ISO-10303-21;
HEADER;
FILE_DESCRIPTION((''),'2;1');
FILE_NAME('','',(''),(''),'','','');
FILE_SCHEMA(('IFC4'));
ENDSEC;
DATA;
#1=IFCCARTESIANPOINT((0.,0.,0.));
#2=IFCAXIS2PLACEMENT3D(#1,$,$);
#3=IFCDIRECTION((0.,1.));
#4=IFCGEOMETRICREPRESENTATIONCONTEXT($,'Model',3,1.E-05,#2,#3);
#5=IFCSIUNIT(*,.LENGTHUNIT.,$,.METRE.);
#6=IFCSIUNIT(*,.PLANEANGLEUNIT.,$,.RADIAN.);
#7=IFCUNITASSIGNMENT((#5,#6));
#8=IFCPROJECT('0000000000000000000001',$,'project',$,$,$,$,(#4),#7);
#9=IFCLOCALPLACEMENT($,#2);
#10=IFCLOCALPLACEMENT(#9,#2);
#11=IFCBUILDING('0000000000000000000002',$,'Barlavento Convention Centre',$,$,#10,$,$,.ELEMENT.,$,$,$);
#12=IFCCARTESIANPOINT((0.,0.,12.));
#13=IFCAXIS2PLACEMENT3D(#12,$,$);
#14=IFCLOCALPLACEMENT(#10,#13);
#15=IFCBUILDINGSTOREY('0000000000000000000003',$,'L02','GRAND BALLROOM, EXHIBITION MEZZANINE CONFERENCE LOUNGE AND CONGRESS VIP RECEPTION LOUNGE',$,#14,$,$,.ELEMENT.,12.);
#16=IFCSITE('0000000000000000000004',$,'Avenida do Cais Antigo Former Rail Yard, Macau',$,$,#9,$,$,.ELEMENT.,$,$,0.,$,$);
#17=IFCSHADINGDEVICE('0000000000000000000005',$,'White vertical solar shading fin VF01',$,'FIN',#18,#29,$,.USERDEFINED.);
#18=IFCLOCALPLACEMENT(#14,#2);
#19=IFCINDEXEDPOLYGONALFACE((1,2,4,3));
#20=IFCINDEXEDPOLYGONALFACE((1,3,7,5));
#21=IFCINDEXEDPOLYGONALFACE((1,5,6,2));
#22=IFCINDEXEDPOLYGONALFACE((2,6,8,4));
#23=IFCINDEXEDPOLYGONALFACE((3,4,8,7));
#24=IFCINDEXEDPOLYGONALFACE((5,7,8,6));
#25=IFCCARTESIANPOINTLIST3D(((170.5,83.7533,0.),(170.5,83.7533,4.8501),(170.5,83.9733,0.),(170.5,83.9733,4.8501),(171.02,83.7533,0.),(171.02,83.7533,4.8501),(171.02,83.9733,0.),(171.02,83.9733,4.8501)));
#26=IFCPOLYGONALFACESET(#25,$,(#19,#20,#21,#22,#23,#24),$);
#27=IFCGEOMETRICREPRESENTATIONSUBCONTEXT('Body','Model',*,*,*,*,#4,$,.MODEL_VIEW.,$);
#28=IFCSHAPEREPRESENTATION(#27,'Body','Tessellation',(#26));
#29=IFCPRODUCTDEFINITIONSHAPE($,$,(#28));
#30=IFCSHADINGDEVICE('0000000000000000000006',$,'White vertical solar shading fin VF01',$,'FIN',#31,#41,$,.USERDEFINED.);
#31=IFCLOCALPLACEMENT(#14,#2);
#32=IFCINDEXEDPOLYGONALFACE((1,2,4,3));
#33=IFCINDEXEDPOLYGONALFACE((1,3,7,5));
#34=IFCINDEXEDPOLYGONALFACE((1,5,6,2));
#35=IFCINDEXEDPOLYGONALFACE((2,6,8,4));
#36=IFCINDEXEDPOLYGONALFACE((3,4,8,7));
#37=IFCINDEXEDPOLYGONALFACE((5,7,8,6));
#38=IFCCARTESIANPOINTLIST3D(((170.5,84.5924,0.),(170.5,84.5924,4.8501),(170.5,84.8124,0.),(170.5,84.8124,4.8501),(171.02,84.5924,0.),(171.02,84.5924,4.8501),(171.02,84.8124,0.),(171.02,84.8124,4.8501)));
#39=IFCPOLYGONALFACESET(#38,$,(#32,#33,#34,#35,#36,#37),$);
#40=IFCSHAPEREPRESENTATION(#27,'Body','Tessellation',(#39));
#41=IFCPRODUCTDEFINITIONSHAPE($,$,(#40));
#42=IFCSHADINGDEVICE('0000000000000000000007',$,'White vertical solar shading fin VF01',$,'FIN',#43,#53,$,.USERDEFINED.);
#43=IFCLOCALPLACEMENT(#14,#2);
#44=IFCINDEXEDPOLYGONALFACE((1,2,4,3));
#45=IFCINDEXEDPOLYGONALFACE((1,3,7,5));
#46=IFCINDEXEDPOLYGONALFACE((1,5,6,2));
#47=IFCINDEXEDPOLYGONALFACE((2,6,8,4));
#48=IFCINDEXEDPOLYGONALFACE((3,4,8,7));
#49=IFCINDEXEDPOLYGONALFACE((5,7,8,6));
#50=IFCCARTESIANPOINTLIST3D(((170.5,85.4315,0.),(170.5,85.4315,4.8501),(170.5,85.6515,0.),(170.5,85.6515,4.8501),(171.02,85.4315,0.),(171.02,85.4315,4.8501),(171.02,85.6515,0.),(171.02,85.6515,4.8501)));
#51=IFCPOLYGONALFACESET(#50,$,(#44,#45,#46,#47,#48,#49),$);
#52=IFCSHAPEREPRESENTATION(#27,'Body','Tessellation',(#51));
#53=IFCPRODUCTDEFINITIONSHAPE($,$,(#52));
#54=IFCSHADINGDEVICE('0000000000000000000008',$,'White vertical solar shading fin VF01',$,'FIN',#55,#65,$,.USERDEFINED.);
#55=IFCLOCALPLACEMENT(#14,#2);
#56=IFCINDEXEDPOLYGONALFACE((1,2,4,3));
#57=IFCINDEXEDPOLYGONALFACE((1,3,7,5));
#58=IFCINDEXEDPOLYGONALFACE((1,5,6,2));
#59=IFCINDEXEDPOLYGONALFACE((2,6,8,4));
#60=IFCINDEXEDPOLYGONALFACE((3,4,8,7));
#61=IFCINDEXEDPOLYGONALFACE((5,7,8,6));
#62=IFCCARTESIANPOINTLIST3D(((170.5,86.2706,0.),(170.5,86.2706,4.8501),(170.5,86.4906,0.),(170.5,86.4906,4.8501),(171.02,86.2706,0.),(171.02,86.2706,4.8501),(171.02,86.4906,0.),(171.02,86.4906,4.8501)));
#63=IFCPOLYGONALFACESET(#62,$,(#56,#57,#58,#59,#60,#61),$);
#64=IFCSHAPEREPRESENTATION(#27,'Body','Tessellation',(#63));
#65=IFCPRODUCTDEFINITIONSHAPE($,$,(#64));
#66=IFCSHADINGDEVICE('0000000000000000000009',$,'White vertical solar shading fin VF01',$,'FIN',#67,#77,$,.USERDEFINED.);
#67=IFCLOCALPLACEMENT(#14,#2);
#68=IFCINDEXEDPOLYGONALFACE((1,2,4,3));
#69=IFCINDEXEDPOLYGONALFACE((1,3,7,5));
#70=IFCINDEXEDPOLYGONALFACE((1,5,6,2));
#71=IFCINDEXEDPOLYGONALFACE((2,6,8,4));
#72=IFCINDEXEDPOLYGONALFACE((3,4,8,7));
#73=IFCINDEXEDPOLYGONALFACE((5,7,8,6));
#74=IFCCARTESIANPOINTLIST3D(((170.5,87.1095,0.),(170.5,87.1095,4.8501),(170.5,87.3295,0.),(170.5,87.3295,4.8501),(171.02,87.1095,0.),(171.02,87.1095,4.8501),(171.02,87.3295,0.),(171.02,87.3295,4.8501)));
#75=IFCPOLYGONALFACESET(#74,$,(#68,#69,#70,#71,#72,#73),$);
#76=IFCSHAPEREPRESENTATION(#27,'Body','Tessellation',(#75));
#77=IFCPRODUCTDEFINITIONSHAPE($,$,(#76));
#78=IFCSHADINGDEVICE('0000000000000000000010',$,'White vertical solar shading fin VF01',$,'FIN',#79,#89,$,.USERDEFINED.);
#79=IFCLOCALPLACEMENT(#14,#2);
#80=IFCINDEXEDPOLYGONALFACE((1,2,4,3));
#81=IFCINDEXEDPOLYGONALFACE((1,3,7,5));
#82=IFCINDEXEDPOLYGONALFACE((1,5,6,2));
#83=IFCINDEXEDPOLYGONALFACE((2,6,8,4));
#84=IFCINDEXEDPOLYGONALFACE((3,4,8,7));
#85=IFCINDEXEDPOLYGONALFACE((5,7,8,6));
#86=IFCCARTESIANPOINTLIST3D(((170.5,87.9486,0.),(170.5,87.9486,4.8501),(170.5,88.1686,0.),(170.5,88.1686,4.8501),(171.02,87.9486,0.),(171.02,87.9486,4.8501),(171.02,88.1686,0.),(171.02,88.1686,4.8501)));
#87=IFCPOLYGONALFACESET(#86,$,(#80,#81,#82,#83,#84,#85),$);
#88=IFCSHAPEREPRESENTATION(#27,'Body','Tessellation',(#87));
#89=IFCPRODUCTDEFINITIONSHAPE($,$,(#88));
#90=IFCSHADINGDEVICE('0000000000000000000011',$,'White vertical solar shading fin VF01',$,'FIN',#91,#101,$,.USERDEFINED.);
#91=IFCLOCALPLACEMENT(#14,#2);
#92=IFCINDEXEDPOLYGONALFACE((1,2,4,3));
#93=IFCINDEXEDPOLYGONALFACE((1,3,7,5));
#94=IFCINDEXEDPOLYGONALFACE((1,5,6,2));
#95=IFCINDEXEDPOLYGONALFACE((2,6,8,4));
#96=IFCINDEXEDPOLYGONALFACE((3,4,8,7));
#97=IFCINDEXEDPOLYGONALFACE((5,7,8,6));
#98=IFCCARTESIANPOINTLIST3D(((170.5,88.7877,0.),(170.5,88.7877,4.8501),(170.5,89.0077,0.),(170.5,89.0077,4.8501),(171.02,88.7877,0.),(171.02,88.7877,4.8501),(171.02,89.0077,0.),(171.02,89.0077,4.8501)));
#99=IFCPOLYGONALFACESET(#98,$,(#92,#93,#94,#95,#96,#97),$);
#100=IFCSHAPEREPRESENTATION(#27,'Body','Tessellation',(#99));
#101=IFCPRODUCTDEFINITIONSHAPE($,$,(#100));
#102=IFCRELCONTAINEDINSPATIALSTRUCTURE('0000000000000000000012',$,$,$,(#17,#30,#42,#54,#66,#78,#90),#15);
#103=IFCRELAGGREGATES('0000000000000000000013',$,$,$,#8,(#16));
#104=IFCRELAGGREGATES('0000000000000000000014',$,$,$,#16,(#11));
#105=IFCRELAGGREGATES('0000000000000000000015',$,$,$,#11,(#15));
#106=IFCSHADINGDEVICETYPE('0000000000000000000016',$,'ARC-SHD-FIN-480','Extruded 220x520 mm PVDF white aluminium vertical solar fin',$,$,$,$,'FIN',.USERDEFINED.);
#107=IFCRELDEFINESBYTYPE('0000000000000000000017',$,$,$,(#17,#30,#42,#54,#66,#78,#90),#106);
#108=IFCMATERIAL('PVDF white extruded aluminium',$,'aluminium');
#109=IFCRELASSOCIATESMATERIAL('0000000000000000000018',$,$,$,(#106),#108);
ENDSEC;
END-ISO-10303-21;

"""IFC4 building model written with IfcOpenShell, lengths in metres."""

from ifc_helpers import new_model, si_unit, direction, frame, origin, origin_2d, place, context, subcontext, project, spatial, rectangle, extrude, material, type_object, element, save


model = new_model("IFC4")

# Units and contexts
model_context = context("Model", 3, precision=1e-05, world=origin(), true_north=direction((0.0, 1.0)))
body_context = subcontext(model_context, "Body", "Model", "MODEL_VIEW")
ifc_project = project(units=[si_unit("LENGTHUNIT", "METRE"), si_unit("PLANEANGLEUNIT", "RADIAN")], contexts=[model_context])

# Site, building, storey
site_placement = place(None, origin())
site = spatial("IfcSite", under=ifc_project, at=site_placement, Name="Avenida do Cais Antigo Former Rail Yard, Macau", CompositionType="ELEMENT", RefElevation=0.0)
building_placement = place(site_placement, origin())
building = spatial("IfcBuilding", under=site, at=building_placement, Name="Barlavento Convention Centre", CompositionType="ELEMENT")
storey_placement = place(building_placement, frame((0.0, 0.0, 12.0)))
storey = spatial("IfcBuildingStorey", under=building, at=storey_placement, Name="L02", Description="GRAND BALLROOM, EXHIBITION MEZZANINE CONFERENCE LOUNGE AND CONGRESS VIP RECEPTION LOUNGE", CompositionType="ELEMENT", Elevation=12.0)

# Shading devices
ifc_material_1 = material(Name="PVDF white extruded aluminium", Category="aluminium")
shading_device_type = type_object("IfcShadingDeviceType", Name="ARC-SHD-FIN-480", Description="Extruded 220x520 mm PVDF white aluminium vertical solar fin", ElementType="FIN", PredefinedType="USERDEFINED", material=ifc_material_1)
for number, where, z_axis, x_axis, name in (
    (1, (170.76, 83.8633, 0.0), (0.0, 0.0, 1.0), (0.0, 1.0, 0.0), "White vertical solar shading fin VF01"),
    (2, (170.76, 84.7024, 0.0), (0.0, 0.0, 1.0), (0.0, 1.0, 0.0), "White vertical solar shading fin VF01"),
    (3, (170.76, 85.5415, 0.0), (0.0, 0.0, 1.0), (0.0, 1.0, 0.0), "White vertical solar shading fin VF01"),
    (4, (170.76, 86.3806, 0.0), (0.0, 0.0, 1.0), (0.0, 1.0, 0.0), "White vertical solar shading fin VF01"),
    (5, (170.76, 87.2195, 0.0), (0.0, 0.0, 1.0), (0.0, 1.0, 0.0), "White vertical solar shading fin VF01"),
    (6, (170.76, 88.0586, 0.0), (0.0, 0.0, 1.0), (0.0, 1.0, 0.0), "White vertical solar shading fin VF01"),
    (7, (170.76, 88.8977, 0.0), (0.0, 0.0, 1.0), (0.0, 1.0, 0.0), "White vertical solar shading fin VF01"),
):
    element("IfcShadingDevice", number, at=place(storey_placement, frame(where, z_axis=z_axis, x_axis=x_axis)), inside=storey, type_object=shading_device_type, Name=name, ObjectType="FIN", PredefinedType="USERDEFINED", context=body_context, shape_type="SweptSolid", body=[
        extrude(rectangle(XDim=0.22, YDim=0.52, at=origin_2d()), origin(), (0.0, 0.0, 1.0), 4.8501),
    ])

save(model, "model.ifc")
